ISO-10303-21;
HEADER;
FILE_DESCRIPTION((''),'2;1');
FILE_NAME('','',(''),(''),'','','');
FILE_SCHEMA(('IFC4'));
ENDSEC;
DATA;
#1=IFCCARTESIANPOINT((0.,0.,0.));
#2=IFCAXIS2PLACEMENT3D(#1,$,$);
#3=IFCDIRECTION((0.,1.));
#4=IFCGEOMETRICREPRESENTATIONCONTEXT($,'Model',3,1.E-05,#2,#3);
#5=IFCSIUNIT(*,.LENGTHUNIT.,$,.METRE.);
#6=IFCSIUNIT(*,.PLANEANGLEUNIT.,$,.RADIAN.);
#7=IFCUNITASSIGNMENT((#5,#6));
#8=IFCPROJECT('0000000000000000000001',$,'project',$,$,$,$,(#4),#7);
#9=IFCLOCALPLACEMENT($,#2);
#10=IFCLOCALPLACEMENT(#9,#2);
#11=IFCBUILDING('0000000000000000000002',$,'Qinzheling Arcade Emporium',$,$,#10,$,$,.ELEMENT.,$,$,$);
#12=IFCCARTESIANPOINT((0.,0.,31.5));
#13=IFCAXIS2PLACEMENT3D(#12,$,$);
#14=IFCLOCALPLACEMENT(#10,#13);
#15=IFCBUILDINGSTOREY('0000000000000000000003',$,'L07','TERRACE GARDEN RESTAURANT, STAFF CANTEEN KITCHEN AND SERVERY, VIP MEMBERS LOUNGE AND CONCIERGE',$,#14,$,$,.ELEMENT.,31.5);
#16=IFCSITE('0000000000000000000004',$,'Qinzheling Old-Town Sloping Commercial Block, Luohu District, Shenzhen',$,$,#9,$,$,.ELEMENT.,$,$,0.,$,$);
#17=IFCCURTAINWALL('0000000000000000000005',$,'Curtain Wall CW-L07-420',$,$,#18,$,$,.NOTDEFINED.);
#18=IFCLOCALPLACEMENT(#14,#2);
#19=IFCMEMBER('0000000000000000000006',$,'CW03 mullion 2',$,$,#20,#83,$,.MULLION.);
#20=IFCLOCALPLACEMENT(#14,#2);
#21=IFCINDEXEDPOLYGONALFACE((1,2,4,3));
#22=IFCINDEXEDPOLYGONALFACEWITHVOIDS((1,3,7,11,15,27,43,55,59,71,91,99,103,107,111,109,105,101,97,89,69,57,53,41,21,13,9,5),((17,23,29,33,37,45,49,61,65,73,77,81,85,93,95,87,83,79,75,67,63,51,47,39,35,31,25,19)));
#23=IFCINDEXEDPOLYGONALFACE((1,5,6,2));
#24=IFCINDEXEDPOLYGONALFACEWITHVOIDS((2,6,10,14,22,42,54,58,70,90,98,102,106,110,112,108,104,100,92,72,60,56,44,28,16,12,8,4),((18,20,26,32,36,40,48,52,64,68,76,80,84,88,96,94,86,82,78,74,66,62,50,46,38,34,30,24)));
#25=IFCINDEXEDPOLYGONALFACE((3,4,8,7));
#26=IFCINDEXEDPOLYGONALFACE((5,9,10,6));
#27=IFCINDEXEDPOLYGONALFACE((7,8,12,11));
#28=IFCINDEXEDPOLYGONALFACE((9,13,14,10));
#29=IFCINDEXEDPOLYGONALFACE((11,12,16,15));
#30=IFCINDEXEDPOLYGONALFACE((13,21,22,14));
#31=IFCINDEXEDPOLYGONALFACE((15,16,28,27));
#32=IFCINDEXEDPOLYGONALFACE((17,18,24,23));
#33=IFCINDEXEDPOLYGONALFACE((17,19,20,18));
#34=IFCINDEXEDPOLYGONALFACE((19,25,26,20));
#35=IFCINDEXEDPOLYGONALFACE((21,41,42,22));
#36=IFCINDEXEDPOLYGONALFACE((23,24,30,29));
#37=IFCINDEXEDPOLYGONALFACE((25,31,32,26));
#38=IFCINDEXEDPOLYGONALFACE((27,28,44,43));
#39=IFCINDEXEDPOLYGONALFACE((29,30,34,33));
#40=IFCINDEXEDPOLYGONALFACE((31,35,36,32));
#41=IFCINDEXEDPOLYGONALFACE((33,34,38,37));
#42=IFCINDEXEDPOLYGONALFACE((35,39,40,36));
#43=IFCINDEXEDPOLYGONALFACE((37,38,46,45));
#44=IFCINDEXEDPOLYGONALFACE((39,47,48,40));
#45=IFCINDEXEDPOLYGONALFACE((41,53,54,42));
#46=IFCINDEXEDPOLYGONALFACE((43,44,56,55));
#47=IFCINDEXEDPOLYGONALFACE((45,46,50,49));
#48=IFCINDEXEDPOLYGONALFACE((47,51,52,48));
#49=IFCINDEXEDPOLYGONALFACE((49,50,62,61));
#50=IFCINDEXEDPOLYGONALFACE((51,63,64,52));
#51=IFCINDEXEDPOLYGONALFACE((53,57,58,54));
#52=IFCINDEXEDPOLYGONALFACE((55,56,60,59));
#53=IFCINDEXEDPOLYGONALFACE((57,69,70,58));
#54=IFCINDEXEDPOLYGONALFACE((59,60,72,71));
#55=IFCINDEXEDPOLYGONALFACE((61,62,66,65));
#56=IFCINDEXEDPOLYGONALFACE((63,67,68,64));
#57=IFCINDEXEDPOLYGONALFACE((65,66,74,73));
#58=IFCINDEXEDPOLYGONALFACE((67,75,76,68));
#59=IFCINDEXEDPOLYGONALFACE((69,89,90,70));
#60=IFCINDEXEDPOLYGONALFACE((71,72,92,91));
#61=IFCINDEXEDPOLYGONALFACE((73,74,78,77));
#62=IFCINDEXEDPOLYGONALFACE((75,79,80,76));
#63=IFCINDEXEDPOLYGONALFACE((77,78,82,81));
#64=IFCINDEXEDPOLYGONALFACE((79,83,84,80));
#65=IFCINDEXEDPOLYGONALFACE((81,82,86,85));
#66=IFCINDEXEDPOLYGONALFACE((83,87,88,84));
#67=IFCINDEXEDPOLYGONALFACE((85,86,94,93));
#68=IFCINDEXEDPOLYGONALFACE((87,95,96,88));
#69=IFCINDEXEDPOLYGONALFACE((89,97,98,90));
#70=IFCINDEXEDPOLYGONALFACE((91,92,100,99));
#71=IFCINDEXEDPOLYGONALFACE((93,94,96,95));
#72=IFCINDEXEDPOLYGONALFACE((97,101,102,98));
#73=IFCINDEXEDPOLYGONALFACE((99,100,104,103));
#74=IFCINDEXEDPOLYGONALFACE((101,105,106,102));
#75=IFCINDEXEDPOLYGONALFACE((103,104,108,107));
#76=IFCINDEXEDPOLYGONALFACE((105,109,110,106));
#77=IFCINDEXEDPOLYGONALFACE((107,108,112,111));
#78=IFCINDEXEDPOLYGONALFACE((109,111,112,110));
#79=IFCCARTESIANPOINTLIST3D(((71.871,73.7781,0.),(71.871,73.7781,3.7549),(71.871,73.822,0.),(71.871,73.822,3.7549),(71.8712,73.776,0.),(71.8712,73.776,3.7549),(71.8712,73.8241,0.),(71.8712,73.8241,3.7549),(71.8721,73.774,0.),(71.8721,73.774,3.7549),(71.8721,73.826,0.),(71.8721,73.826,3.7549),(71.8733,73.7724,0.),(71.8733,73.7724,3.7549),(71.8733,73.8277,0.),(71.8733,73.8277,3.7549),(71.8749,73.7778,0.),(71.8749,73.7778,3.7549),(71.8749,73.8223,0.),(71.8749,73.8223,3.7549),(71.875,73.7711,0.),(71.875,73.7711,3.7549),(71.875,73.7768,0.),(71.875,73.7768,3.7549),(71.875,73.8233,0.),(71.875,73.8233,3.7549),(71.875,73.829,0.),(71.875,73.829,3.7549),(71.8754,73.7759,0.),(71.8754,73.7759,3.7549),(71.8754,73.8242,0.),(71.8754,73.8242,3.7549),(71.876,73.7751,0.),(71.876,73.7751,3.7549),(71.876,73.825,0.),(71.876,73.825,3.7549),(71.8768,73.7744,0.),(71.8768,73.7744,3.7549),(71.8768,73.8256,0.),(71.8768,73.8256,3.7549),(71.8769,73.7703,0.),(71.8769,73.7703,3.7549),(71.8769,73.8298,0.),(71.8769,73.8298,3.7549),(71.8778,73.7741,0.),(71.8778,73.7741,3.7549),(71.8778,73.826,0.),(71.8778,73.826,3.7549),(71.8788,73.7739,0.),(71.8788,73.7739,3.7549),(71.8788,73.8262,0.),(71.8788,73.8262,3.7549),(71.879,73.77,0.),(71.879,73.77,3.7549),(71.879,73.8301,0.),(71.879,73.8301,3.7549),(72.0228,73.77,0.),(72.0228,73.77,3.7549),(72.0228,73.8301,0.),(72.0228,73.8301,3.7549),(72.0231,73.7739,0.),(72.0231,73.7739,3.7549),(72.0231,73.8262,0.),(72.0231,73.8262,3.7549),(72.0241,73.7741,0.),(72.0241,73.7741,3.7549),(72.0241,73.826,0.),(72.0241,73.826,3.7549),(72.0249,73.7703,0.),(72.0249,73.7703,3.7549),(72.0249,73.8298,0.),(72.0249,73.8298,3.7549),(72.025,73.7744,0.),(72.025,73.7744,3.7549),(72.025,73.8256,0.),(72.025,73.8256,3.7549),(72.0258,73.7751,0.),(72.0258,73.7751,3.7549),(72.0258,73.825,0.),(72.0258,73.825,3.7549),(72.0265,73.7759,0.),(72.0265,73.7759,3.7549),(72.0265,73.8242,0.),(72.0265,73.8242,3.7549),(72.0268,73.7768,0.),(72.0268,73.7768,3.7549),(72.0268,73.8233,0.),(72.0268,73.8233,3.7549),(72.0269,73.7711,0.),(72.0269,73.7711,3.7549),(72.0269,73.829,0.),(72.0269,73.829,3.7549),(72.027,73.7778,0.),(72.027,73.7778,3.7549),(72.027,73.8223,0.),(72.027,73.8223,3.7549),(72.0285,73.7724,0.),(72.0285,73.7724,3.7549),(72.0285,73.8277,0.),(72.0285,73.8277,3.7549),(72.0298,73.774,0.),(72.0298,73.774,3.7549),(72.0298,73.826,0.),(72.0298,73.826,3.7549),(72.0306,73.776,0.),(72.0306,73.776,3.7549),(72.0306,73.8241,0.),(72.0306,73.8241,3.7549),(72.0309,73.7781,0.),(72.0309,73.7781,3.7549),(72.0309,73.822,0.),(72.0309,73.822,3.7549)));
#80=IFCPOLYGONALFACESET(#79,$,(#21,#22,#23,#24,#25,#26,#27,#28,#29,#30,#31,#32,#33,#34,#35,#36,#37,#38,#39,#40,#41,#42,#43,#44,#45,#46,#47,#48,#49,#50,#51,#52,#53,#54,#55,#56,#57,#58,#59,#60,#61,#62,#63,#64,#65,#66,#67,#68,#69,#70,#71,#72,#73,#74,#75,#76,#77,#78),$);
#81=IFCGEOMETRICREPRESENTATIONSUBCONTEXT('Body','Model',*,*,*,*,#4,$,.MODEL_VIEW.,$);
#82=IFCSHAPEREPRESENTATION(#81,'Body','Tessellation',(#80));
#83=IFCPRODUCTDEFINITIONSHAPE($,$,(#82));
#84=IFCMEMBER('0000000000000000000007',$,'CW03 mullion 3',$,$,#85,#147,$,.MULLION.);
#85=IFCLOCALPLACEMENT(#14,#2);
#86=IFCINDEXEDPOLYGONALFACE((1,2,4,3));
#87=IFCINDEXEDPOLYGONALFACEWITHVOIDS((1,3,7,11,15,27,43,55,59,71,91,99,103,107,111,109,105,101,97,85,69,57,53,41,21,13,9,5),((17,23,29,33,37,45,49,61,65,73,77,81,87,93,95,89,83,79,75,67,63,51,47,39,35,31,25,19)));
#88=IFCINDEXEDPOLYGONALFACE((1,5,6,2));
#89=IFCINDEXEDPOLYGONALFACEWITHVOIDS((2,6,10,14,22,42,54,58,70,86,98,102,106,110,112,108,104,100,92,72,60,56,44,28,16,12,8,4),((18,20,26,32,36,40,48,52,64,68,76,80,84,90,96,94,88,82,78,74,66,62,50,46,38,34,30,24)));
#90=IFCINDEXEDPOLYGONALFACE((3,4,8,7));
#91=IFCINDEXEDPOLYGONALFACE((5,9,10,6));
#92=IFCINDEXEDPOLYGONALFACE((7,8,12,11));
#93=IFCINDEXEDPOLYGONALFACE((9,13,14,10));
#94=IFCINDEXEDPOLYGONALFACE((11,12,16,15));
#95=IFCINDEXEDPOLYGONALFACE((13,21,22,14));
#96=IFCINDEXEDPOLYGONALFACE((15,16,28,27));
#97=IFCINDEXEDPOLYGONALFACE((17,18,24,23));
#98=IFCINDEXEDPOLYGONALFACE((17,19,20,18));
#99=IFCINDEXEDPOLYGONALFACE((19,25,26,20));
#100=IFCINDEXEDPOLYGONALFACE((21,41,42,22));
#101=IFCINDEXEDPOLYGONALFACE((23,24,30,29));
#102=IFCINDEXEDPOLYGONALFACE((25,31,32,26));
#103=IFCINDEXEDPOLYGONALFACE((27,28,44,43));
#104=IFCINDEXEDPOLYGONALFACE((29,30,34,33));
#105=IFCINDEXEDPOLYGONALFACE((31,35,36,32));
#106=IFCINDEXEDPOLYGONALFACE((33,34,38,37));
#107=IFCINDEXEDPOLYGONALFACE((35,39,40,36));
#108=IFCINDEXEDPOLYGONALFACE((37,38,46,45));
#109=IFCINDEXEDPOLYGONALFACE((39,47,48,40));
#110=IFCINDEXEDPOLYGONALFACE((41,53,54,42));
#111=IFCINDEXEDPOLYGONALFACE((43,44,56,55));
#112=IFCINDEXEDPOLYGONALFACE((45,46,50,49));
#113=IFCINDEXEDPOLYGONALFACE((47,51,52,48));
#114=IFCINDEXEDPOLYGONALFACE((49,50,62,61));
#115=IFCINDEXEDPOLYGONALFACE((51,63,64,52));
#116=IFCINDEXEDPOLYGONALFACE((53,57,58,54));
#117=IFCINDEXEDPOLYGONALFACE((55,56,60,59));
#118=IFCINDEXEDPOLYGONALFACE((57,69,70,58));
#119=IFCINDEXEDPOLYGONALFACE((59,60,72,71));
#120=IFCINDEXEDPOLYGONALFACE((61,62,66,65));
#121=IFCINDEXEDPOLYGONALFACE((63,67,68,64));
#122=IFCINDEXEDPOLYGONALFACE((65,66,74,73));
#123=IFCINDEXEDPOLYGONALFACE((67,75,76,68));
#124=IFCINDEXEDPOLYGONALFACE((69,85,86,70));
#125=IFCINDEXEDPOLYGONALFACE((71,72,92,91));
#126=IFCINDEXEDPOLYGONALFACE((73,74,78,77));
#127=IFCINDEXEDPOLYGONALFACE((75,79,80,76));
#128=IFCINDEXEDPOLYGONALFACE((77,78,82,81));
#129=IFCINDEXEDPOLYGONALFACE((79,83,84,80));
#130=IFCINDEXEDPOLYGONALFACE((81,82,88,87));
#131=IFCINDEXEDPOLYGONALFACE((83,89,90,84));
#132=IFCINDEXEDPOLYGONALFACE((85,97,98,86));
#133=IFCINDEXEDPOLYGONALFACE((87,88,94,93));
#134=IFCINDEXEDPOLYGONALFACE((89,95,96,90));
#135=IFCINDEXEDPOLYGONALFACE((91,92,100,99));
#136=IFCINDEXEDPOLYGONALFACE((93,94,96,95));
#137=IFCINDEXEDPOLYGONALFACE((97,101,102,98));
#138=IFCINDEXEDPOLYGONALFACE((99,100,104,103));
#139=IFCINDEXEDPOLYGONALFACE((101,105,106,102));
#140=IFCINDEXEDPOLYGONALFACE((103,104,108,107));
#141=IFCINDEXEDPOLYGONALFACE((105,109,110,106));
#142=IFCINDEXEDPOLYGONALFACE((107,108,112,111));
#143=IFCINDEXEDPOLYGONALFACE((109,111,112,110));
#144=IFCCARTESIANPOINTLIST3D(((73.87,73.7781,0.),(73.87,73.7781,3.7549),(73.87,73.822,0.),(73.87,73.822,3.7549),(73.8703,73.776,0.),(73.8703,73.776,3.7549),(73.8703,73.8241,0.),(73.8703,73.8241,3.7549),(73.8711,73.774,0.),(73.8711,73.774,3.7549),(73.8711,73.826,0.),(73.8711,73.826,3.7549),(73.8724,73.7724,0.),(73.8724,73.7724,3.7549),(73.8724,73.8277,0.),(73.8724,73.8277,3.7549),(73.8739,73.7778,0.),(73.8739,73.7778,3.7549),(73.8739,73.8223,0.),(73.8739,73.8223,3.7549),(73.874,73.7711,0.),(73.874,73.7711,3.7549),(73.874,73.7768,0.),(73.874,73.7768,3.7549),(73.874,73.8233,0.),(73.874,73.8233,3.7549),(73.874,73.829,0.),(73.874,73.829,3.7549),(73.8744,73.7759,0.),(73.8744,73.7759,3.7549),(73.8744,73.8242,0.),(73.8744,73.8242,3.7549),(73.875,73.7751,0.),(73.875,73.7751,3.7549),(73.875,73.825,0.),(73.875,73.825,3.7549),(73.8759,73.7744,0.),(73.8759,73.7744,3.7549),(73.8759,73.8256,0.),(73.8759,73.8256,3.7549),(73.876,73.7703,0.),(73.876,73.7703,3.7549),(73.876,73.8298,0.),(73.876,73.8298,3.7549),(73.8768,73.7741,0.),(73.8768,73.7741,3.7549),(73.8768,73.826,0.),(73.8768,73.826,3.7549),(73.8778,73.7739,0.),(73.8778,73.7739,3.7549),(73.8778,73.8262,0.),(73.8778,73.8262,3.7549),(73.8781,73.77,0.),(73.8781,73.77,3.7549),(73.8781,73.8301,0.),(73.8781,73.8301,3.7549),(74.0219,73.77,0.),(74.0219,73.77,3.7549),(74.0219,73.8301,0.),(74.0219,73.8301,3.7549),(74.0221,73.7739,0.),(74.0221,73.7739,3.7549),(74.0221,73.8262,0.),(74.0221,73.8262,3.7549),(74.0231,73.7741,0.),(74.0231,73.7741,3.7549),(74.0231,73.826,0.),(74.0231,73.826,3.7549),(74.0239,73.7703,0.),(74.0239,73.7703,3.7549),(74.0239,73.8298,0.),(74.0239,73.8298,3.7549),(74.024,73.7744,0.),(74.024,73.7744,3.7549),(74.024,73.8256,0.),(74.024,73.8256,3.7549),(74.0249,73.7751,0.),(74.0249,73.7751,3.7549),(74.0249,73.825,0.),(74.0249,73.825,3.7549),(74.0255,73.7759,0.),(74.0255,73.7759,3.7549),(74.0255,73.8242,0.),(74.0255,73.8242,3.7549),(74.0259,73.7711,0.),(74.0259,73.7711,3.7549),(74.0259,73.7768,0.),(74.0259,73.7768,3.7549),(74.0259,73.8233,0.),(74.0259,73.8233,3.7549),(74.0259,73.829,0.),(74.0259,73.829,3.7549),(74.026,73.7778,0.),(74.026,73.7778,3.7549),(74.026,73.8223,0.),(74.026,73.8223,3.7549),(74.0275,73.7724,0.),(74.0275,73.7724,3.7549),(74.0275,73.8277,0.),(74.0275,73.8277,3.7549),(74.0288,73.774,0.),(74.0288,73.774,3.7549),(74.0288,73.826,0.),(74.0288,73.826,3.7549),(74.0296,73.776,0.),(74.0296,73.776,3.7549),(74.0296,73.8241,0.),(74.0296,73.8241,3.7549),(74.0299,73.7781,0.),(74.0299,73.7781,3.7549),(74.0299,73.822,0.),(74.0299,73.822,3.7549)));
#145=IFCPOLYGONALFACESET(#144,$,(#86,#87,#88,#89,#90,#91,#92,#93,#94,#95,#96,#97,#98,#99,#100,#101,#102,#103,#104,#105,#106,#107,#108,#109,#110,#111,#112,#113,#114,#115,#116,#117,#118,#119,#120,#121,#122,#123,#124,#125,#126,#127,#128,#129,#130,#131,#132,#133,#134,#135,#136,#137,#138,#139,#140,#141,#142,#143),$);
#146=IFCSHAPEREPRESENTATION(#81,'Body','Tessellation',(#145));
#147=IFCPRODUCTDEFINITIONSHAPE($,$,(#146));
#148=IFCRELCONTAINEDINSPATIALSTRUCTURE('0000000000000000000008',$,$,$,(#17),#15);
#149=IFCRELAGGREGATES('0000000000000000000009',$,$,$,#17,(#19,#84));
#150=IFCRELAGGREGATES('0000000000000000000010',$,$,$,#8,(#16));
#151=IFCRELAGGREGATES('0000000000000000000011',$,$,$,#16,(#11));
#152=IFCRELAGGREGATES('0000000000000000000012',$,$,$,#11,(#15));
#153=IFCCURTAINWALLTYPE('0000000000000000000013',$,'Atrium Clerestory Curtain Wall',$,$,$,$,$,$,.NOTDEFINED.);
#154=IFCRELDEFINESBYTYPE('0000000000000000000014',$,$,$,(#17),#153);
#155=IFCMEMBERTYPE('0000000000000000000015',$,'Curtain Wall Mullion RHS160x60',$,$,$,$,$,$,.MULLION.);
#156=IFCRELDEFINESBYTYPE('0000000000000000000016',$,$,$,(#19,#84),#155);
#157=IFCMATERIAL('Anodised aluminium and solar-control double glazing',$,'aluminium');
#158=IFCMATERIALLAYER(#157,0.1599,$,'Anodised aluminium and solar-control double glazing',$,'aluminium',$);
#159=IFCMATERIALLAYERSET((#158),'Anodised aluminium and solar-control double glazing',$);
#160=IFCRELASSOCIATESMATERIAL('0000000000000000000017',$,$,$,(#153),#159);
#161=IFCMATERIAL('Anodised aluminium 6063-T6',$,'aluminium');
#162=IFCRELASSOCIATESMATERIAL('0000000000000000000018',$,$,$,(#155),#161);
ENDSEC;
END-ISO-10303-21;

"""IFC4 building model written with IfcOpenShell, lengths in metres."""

from ifc_helpers import new_model, si_unit, direction, frame, origin, origin_2d, place, context, subcontext, project, spatial, hollow_rectangle, extrude, material, layer, layer_set, material_profile, profile_set, type_object, element, aggregate, save


model = new_model("IFC4")

# Units and contexts
model_context = context("Model", 3, precision=1e-05, world=origin(), true_north=direction((0.0, 1.0)))
body_context = subcontext(model_context, "Body", "Model", "MODEL_VIEW")
ifc_project = project(units=[si_unit("LENGTHUNIT", "METRE"), si_unit("PLANEANGLEUNIT", "RADIAN")], contexts=[model_context])

# Site, building, storey
site_placement = place(None, origin())
site = spatial("IfcSite", under=ifc_project, at=site_placement, Name="Qinzheling Old-Town Sloping Commercial Block, Luohu District, Shenzhen", CompositionType="ELEMENT", RefElevation=0.0)
building_placement = place(site_placement, origin())
building = spatial("IfcBuilding", under=site, at=building_placement, Name="Qinzheling Arcade Emporium", CompositionType="ELEMENT")
storey_placement = place(building_placement, frame((0.0, 0.0, 31.5)))
storey = spatial("IfcBuildingStorey", under=building, at=storey_placement, Name="L07", Description="TERRACE GARDEN RESTAURANT, STAFF CANTEEN KITCHEN AND SERVERY, VIP MEMBERS LOUNGE AND CONCIERGE", CompositionType="ELEMENT", Elevation=31.5)

# Shared definitions
ifc_material_1 = material(Name="Anodised aluminium and solar-control double glazing", Category="aluminium")
ifc_layer_1 = layer(ifc_material_1, 0.1599, Name="Anodised aluminium and solar-control double glazing", Category="aluminium")
ifc_layer_set_1 = layer_set([ifc_layer_1], Name="Anodised aluminium and solar-control double glazing")
curtain_wall_type = type_object("IfcCurtainWallType", Name="Atrium Clerestory Curtain Wall", PredefinedType="NOTDEFINED", material=ifc_layer_set_1)
ifc_material_2 = material(Name="Anodised aluminium 6063-T6", Category="aluminium")
ifc_material_profile_1 = material_profile(ifc_material_2, hollow_rectangle(XDim=0.0601, YDim=0.1599, WallThickness=0.0039, InnerFilletRadius=0.0039, OuterFilletRadius=0.0081, at=origin_2d()), Name="RHS 160x60x4", Category="aluminium")
ifc_profile_set_1 = profile_set([ifc_material_profile_1], Name="Anodised aluminium 6063-T6")
member_type_1 = type_object("IfcMemberType", Name="Curtain Wall Mullion RHS160x60", PredefinedType="MULLION", material=ifc_profile_set_1)

# Curtain wall, members
curtain_wall_1_placement = place(storey_placement, origin())
curtain_wall_1 = element("IfcCurtainWall", 1, at=curtain_wall_1_placement, inside=storey, type_object=curtain_wall_type, Name="Curtain Wall CW-L07-420", PredefinedType="NOTDEFINED")
member_1_placement = place(storey_placement, frame((71.9509, 73.8, 0.0), z_axis=(0.0, 0.0, 1.0), x_axis=(0.0, 1.0, 0.0)))
member_1 = element("IfcMember", 2, at=member_1_placement, type_object=member_type_1, Name="CW03 mullion 2", PredefinedType="MULLION", context=body_context, shape_type="SweptSolid", body=[
    extrude(hollow_rectangle(XDim=0.0601, YDim=0.1599, WallThickness=0.0039, InnerFilletRadius=0.0039, OuterFilletRadius=0.0081, at=origin_2d()), origin(), (0.0, 0.0, 1.0), 3.7549),
])
member_2_placement = place(storey_placement, frame((73.95, 73.8, 0.0), z_axis=(0.0, 0.0, 1.0), x_axis=(0.0, 1.0, 0.0)))
member_2 = element("IfcMember", 3, at=member_2_placement, type_object=member_type_1, Name="CW03 mullion 3", PredefinedType="MULLION", context=body_context, shape_type="SweptSolid", body=[
    extrude(hollow_rectangle(XDim=0.0601, YDim=0.1599, WallThickness=0.0039, InnerFilletRadius=0.0039, OuterFilletRadius=0.0081, at=origin_2d()), origin(), (0.0, 0.0, 1.0), 3.7549),
])

aggregate(curtain_wall_1, [member_1, member_2])

save(model, "model.ifc")
